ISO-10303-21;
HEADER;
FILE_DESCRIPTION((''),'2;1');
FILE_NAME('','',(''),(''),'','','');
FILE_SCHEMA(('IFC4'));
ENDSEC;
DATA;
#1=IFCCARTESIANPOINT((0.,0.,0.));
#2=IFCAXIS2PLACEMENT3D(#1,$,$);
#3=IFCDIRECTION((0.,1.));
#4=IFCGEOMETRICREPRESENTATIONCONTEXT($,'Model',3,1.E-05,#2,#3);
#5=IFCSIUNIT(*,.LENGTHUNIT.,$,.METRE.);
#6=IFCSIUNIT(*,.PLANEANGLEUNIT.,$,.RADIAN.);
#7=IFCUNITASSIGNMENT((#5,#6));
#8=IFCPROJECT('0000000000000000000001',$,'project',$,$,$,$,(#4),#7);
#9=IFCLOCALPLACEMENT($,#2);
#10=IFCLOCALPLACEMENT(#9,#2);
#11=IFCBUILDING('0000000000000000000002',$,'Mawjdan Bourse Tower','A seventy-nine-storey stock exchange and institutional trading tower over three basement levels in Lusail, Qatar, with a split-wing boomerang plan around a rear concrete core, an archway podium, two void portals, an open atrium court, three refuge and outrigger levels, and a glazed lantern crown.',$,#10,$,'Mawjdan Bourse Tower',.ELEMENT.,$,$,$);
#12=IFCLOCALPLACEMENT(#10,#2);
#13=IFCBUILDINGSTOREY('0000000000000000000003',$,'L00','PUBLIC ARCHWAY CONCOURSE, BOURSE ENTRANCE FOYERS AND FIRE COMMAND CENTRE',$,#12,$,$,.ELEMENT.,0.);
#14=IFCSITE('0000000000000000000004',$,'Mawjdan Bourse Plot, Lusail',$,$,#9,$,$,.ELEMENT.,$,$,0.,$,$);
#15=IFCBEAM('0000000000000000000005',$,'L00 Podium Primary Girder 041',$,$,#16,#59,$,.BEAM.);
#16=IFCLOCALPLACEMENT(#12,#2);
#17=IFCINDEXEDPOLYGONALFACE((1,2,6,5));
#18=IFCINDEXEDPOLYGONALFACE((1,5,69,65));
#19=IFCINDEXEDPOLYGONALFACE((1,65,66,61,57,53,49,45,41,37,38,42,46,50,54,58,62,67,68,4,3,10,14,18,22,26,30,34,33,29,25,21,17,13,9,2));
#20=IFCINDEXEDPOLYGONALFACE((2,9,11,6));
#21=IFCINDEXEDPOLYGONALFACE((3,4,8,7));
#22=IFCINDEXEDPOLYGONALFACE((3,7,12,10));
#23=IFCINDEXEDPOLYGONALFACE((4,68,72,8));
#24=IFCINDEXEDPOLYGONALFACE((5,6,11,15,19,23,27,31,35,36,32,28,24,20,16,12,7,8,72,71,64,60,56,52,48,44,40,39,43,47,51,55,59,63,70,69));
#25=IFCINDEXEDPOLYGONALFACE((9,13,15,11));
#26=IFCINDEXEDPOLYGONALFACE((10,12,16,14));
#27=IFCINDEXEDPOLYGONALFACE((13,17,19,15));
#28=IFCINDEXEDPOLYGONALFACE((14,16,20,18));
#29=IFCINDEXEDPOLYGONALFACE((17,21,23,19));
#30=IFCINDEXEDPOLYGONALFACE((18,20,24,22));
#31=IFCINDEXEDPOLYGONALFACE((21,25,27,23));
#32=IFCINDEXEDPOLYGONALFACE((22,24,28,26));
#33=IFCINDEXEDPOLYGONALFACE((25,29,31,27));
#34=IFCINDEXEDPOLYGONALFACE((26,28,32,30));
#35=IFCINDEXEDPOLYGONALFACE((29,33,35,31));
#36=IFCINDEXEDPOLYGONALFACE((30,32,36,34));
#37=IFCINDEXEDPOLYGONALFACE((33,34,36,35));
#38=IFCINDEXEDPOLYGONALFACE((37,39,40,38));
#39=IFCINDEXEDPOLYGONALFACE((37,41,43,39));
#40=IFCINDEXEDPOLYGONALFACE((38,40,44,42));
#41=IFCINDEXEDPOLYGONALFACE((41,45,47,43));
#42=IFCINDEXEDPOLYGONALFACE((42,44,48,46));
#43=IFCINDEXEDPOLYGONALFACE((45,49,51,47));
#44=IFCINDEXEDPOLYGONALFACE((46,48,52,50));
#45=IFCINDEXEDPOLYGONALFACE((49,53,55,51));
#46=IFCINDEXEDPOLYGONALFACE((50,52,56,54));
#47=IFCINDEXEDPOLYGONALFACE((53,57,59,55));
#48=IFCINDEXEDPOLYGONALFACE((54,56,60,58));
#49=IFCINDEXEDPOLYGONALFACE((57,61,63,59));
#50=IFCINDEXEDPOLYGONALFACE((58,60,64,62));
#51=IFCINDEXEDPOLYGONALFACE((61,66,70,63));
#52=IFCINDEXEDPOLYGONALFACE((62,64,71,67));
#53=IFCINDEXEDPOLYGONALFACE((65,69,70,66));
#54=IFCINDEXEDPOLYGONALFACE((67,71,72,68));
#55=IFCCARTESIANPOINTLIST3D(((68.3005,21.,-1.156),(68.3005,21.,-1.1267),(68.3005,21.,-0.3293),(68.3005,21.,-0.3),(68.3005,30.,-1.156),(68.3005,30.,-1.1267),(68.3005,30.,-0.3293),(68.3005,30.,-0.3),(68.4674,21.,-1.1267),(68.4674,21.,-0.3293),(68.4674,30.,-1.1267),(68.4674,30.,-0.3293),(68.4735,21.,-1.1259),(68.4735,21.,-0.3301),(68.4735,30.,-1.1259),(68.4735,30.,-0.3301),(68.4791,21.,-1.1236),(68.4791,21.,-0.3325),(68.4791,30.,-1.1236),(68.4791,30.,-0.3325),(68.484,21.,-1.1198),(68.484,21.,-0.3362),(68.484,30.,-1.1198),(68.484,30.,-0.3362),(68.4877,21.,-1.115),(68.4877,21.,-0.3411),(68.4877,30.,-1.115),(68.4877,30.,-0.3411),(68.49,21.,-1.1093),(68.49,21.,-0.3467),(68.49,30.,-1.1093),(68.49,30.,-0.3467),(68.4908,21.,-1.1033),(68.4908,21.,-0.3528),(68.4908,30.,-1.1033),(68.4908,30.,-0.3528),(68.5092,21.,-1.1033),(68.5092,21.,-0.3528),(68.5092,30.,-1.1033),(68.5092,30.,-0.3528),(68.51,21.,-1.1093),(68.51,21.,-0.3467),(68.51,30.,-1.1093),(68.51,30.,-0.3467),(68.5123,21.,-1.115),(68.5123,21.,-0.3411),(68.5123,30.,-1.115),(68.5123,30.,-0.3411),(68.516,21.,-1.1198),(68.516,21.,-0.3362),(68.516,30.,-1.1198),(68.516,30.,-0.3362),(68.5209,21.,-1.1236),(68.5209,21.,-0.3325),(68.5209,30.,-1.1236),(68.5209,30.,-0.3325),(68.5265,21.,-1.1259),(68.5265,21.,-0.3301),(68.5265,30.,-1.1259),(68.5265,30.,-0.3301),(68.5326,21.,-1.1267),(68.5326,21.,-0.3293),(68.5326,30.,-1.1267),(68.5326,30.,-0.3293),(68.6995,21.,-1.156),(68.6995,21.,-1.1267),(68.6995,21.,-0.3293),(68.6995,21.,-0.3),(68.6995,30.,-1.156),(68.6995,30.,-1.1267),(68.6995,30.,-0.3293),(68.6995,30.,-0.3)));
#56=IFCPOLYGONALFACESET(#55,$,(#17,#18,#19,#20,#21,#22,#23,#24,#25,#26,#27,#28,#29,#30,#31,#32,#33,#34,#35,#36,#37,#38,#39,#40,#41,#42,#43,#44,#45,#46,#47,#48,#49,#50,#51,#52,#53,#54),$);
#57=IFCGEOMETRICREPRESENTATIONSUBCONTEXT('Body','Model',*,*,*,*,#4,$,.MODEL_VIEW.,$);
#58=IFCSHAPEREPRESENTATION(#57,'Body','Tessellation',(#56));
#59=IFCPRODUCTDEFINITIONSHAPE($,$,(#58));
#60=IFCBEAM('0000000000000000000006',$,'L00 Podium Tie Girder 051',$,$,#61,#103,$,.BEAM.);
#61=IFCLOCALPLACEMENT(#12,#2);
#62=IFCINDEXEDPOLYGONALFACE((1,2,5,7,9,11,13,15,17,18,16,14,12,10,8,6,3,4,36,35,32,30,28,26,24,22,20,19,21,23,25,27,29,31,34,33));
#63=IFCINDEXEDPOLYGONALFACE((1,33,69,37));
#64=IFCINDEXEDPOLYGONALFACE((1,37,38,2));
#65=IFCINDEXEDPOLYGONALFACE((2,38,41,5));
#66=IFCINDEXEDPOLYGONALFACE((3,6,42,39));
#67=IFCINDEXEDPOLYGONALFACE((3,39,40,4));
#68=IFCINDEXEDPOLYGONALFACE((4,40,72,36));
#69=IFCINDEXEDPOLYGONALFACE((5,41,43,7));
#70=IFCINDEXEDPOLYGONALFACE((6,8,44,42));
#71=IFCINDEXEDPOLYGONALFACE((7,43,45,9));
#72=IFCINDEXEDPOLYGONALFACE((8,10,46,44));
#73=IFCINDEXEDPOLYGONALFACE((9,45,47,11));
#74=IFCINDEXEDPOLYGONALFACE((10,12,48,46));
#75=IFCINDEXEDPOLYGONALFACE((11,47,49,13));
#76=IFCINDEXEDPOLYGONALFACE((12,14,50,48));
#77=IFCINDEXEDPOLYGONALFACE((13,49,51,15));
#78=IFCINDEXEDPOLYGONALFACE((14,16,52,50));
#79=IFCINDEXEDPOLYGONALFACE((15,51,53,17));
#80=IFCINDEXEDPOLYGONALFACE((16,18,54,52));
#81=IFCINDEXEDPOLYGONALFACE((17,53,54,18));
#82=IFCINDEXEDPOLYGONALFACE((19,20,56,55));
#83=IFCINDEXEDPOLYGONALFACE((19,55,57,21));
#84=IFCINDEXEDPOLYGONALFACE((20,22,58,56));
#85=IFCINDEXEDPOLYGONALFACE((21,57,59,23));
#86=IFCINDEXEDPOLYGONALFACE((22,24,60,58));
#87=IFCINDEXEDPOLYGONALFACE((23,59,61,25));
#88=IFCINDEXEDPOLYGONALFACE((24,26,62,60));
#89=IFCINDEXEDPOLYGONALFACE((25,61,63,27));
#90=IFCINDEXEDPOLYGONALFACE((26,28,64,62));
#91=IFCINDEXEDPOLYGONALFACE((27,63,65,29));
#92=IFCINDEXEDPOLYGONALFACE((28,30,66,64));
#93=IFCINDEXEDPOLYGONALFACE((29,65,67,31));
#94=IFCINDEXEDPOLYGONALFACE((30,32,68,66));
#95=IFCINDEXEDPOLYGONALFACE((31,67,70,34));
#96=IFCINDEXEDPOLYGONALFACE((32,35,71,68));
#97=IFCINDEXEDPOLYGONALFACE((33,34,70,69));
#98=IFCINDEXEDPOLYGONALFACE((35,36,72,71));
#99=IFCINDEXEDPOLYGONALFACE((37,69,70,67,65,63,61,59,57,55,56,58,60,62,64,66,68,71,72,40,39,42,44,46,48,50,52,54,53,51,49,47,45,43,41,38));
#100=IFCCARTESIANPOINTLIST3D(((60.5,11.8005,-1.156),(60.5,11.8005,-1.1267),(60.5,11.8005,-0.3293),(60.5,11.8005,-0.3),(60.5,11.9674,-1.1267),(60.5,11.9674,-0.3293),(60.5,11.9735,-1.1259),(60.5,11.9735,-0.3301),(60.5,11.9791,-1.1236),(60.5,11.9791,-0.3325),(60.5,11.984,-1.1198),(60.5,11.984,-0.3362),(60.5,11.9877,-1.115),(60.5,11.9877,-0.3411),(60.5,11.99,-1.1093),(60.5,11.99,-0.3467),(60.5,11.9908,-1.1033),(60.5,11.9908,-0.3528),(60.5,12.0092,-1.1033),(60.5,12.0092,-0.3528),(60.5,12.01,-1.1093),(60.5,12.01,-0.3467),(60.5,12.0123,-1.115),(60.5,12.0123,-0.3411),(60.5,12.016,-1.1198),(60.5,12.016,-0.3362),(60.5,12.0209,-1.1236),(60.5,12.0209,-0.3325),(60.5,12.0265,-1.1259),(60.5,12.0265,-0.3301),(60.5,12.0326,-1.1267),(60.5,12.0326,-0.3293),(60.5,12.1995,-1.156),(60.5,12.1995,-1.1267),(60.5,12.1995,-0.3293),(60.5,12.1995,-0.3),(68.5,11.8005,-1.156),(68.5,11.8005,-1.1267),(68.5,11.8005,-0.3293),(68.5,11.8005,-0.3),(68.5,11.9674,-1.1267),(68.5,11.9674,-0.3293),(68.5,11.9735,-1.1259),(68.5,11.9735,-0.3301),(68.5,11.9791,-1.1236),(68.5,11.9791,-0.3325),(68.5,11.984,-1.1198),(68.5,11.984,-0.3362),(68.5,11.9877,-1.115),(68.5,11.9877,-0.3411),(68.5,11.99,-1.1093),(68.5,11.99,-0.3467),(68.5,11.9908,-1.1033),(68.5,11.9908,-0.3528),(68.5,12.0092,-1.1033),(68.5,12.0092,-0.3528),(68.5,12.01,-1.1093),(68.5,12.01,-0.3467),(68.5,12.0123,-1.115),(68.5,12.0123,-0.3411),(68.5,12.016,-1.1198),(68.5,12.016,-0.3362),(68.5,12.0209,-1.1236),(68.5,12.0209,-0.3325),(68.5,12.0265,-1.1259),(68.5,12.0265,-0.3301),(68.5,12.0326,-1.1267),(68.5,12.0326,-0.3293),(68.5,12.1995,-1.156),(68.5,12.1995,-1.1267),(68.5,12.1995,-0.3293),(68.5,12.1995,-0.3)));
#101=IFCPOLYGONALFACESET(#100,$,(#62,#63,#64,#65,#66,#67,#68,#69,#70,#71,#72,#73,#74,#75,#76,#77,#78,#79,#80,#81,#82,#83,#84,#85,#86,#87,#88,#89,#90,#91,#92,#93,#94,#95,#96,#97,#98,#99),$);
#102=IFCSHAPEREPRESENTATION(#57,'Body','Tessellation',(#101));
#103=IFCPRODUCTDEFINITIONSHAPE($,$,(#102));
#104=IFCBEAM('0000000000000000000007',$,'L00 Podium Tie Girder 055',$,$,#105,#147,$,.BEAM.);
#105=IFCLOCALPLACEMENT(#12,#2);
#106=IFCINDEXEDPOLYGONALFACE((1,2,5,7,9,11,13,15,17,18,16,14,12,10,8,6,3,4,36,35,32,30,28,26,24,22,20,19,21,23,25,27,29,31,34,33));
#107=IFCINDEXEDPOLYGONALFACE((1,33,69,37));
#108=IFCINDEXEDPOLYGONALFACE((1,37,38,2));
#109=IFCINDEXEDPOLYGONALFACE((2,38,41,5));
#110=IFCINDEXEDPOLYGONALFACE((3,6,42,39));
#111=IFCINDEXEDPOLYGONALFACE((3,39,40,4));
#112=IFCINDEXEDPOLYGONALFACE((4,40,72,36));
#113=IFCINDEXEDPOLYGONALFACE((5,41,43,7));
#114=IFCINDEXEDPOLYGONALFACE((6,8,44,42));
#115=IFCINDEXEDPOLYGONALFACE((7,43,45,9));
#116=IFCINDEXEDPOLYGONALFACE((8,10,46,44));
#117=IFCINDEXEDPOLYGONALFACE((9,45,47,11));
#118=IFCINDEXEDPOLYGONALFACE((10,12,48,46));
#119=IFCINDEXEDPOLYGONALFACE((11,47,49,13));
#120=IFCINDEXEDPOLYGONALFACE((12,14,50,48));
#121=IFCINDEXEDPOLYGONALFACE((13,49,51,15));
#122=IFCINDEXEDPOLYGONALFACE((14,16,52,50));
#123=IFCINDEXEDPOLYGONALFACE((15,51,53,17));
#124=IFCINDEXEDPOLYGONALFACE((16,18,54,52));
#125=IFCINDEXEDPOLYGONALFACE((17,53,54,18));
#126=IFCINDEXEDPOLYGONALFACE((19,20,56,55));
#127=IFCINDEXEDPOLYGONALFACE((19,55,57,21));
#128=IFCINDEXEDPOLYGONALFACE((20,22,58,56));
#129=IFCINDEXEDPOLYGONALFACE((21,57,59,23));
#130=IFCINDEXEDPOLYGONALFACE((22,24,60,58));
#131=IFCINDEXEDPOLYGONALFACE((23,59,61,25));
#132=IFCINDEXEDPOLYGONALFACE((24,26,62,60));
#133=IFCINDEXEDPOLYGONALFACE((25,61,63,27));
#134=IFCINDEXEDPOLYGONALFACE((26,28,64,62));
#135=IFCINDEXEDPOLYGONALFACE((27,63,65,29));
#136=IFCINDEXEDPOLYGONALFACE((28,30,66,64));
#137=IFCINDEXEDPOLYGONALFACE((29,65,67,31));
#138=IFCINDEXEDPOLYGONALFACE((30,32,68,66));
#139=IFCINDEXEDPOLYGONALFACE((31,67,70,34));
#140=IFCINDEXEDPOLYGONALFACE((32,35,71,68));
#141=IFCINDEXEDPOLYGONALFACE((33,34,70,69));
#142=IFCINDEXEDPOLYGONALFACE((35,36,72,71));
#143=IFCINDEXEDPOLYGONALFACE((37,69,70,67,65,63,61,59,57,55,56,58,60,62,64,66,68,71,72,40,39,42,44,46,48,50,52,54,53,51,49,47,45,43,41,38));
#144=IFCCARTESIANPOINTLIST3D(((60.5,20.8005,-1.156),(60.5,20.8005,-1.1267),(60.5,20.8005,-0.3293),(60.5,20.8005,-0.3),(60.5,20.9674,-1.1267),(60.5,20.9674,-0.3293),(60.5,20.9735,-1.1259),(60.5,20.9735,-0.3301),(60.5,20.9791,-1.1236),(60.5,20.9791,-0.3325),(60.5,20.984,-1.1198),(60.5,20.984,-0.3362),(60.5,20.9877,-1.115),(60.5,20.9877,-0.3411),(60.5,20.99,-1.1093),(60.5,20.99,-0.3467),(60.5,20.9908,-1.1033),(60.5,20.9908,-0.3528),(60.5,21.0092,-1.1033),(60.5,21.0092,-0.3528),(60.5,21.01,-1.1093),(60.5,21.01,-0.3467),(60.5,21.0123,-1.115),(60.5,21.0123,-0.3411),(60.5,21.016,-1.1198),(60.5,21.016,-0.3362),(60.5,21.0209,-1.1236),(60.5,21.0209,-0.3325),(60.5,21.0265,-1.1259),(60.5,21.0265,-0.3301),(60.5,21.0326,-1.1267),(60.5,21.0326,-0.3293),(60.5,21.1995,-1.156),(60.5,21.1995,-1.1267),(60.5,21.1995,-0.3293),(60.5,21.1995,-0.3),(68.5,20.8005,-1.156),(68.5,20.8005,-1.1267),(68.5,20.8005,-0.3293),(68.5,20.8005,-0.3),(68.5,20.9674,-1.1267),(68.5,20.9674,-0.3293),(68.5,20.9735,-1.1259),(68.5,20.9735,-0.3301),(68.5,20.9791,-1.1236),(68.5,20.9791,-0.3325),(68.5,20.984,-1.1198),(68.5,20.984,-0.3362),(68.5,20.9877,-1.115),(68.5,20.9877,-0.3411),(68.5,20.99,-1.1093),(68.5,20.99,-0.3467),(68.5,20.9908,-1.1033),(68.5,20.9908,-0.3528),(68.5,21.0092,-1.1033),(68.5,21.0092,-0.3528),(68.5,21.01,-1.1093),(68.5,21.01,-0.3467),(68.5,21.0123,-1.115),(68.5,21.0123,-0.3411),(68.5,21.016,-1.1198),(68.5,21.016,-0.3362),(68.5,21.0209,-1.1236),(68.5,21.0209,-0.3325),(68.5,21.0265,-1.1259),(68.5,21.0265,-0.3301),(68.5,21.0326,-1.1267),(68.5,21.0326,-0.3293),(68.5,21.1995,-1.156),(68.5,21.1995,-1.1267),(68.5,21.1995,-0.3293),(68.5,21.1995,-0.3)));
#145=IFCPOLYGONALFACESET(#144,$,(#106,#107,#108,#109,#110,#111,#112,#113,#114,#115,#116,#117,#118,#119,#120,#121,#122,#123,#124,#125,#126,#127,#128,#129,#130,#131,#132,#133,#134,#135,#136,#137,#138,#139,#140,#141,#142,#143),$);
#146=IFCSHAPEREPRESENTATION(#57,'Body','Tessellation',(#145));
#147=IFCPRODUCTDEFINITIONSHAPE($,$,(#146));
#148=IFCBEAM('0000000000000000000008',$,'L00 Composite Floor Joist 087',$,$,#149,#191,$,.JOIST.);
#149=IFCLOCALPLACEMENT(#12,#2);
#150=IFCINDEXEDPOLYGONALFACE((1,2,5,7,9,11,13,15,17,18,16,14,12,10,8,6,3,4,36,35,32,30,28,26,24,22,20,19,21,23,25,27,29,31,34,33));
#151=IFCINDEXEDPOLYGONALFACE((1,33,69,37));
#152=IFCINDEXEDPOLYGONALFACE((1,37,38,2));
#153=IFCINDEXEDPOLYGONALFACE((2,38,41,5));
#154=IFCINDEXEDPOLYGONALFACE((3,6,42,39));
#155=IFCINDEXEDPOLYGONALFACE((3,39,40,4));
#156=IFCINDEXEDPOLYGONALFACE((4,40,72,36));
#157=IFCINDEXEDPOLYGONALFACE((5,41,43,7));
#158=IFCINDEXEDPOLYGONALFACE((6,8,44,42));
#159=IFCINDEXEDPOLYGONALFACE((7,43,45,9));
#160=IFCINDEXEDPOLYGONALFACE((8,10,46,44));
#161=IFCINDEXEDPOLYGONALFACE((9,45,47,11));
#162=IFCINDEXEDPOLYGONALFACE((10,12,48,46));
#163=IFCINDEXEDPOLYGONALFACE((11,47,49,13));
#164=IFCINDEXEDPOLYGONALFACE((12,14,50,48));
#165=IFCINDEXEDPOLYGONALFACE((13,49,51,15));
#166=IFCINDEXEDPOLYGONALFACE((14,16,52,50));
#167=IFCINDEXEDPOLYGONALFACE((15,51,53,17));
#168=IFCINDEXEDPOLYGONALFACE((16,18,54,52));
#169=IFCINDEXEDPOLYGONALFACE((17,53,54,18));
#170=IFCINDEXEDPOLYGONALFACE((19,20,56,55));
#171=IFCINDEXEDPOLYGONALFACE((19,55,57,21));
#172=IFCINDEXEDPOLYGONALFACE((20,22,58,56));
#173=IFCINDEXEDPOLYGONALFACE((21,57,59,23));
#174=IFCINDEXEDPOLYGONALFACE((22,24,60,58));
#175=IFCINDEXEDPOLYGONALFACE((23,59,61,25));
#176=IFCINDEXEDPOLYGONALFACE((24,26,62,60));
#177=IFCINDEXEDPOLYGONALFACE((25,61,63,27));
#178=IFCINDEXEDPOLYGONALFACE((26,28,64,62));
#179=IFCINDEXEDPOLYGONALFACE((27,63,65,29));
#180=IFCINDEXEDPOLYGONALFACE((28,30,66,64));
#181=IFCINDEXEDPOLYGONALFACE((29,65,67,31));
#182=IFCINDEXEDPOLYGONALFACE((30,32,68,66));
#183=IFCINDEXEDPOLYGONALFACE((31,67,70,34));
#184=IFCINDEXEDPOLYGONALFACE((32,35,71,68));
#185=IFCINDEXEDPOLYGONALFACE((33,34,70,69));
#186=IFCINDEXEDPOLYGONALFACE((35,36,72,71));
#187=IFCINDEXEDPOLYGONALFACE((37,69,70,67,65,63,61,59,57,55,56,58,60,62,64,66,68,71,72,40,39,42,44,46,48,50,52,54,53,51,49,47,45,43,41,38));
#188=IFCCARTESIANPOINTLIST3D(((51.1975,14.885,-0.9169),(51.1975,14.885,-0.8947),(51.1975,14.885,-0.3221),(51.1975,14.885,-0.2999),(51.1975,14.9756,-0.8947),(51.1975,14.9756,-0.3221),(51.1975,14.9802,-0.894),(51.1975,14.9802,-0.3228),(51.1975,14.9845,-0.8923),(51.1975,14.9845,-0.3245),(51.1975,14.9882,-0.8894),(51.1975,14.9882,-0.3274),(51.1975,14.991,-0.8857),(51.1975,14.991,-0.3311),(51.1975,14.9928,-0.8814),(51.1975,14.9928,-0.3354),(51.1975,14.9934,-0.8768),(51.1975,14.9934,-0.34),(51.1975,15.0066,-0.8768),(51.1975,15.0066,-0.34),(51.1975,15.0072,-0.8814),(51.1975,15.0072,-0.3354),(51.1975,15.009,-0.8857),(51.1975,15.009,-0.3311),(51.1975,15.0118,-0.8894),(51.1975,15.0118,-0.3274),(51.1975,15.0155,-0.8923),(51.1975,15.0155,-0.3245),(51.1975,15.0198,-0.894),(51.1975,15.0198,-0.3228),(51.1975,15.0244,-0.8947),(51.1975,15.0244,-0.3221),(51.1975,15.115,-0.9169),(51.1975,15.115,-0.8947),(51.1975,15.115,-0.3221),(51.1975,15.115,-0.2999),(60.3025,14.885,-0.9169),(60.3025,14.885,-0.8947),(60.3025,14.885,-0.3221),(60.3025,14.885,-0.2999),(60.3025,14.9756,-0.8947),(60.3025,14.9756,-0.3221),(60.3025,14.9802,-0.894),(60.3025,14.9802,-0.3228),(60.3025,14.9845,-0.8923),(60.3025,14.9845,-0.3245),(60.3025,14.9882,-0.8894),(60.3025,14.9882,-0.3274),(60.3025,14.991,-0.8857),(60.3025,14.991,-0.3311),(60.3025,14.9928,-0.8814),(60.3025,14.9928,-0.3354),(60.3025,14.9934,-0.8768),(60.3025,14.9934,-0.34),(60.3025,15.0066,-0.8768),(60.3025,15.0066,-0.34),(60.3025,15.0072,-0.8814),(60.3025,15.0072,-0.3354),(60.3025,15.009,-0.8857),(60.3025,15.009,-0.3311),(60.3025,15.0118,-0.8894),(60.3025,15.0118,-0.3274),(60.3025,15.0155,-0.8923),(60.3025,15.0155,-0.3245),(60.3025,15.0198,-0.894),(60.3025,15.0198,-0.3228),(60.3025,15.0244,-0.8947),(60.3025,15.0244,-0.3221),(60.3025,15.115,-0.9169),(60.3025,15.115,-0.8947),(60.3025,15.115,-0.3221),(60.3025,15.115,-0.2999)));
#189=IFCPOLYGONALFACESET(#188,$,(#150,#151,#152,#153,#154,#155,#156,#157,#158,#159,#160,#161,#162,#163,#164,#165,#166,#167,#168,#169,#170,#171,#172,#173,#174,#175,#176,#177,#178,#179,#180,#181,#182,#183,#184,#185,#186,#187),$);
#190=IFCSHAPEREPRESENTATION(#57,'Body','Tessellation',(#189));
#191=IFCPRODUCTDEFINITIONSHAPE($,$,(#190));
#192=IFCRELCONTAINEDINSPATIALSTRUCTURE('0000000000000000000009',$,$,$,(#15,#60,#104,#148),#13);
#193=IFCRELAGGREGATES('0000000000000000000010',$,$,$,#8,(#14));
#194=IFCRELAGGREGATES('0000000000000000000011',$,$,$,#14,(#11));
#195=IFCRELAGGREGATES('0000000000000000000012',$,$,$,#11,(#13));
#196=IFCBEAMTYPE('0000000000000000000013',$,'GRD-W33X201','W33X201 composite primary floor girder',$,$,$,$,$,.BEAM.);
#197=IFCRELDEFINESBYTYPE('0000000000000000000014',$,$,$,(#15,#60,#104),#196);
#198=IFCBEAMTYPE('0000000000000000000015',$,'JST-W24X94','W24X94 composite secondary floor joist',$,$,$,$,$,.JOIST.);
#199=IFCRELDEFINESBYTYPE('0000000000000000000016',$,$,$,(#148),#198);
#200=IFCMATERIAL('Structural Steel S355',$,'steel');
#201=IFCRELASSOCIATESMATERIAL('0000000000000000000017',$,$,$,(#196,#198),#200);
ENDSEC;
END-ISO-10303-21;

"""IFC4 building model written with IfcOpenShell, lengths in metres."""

from ifc_helpers import new_model, si_unit, direction, frame, origin, origin_2d, place, context, subcontext, project, spatial, i_section, extrude, material, material_profile, profile_set, type_object, element, save


model = new_model("IFC4")

# Units and contexts
model_context = context("Model", 3, precision=1e-05, world=origin(), true_north=direction((0.0, 1.0)))
body_context = subcontext(model_context, "Body", "Model", "MODEL_VIEW")
ifc_project = project(units=[si_unit("LENGTHUNIT", "METRE"), si_unit("PLANEANGLEUNIT", "RADIAN")], contexts=[model_context])

# Site, building, storey
site_placement = place(None, origin())
site = spatial("IfcSite", under=ifc_project, at=site_placement, Name="Mawjdan Bourse Plot, Lusail", CompositionType="ELEMENT", RefElevation=0.0)
building_placement = place(site_placement, origin())
building = spatial("IfcBuilding", under=site, at=building_placement, Name="Mawjdan Bourse Tower", Description="A seventy-nine-storey stock exchange and institutional trading tower over three basement levels in Lusail, Qatar, with a split-wing boomerang plan around a rear concrete core, an archway podium, two void portals, an open atrium court, three refuge and outrigger levels, and a glazed lantern crown.", LongName="Mawjdan Bourse Tower", CompositionType="ELEMENT")
storey_placement = place(building_placement, origin())
storey = spatial("IfcBuildingStorey", under=building, at=storey_placement, Name="L00", Description="PUBLIC ARCHWAY CONCOURSE, BOURSE ENTRANCE FOYERS AND FIRE COMMAND CENTRE", CompositionType="ELEMENT", Elevation=0.0)

# Beams
ifc_material_1 = material(Name="Structural Steel S355", Category="steel")
ifc_material_profile_1 = material_profile(ifc_material_1, i_section(OverallWidth=0.3989, OverallDepth=0.856, WebThickness=0.0183, FlangeThickness=0.0293, FilletRadius=0.0234, at=origin_2d()), Name="W33X201")
ifc_profile_set_1 = profile_set([ifc_material_profile_1], Name="Structural Steel S355")
beam_type_1 = type_object("IfcBeamType", Name="GRD-W33X201", Description="W33X201 composite primary floor girder", PredefinedType="BEAM", material=ifc_profile_set_1)
for number, where, z_axis, x_axis, name in (
    (1, (68.5, 21.0, -0.728), (0.0, 1.0, 0.0), (-1.0, 0.0, 0.0), "L00 Podium Primary Girder 041"),
):
    element("IfcBeam", number, at=place(storey_placement, frame(where, z_axis=z_axis, x_axis=x_axis)), inside=storey, type_object=beam_type_1, Name=name, PredefinedType="BEAM", context=body_context, shape_type="SweptSolid", body=[
        extrude(i_section(OverallWidth=0.3989, OverallDepth=0.856, WebThickness=0.0183, FlangeThickness=0.0293, FilletRadius=0.0234, at=origin_2d()), origin(), (0.0, 0.0, 1.0), 9.0),
    ])
for number, where, z_axis, x_axis, name in (
    (2, (60.5, 12.0, -0.728), (1.0, 0.0, 0.0), (0.0, 1.0, 0.0), "L00 Podium Tie Girder 051"),
    (3, (60.5, 21.0, -0.728), (1.0, 0.0, 0.0), (0.0, 1.0, 0.0), "L00 Podium Tie Girder 055"),
):
    element("IfcBeam", number, at=place(storey_placement, frame(where, z_axis=z_axis, x_axis=x_axis)), inside=storey, type_object=beam_type_1, Name=name, PredefinedType="BEAM", context=body_context, shape_type="SweptSolid", body=[
        extrude(i_section(OverallWidth=0.3989, OverallDepth=0.856, WebThickness=0.0183, FlangeThickness=0.0293, FilletRadius=0.0234, at=origin_2d()), origin(), (0.0, 0.0, 1.0), 8.0),
    ])
ifc_material_profile_2 = material_profile(ifc_material_1, i_section(OverallWidth=0.23, OverallDepth=0.6169, WebThickness=0.0132, FlangeThickness=0.0222, FilletRadius=0.0178, at=origin_2d()), Name="W24X94")
ifc_profile_set_2 = profile_set([ifc_material_profile_2], Name="Structural Steel S355")
beam_type_2 = type_object("IfcBeamType", Name="JST-W24X94", Description="W24X94 composite secondary floor joist", PredefinedType="JOIST", material=ifc_profile_set_2)
beam_1_placement = place(storey_placement, frame((51.1975, 15.0, -0.6084), z_axis=(1.0, 0.0, 0.0), x_axis=(0.0, 1.0, 0.0)))
element("IfcBeam", 4, at=beam_1_placement, inside=storey, type_object=beam_type_2, Name="L00 Composite Floor Joist 087", PredefinedType="JOIST", context=body_context, shape_type="SweptSolid", body=[
    extrude(i_section(OverallWidth=0.23, OverallDepth=0.6169, WebThickness=0.0132, FlangeThickness=0.0222, FilletRadius=0.0178, at=origin_2d()), origin(), (0.0, 0.0, 1.0), 9.105),
])

save(model, "model.ifc")
